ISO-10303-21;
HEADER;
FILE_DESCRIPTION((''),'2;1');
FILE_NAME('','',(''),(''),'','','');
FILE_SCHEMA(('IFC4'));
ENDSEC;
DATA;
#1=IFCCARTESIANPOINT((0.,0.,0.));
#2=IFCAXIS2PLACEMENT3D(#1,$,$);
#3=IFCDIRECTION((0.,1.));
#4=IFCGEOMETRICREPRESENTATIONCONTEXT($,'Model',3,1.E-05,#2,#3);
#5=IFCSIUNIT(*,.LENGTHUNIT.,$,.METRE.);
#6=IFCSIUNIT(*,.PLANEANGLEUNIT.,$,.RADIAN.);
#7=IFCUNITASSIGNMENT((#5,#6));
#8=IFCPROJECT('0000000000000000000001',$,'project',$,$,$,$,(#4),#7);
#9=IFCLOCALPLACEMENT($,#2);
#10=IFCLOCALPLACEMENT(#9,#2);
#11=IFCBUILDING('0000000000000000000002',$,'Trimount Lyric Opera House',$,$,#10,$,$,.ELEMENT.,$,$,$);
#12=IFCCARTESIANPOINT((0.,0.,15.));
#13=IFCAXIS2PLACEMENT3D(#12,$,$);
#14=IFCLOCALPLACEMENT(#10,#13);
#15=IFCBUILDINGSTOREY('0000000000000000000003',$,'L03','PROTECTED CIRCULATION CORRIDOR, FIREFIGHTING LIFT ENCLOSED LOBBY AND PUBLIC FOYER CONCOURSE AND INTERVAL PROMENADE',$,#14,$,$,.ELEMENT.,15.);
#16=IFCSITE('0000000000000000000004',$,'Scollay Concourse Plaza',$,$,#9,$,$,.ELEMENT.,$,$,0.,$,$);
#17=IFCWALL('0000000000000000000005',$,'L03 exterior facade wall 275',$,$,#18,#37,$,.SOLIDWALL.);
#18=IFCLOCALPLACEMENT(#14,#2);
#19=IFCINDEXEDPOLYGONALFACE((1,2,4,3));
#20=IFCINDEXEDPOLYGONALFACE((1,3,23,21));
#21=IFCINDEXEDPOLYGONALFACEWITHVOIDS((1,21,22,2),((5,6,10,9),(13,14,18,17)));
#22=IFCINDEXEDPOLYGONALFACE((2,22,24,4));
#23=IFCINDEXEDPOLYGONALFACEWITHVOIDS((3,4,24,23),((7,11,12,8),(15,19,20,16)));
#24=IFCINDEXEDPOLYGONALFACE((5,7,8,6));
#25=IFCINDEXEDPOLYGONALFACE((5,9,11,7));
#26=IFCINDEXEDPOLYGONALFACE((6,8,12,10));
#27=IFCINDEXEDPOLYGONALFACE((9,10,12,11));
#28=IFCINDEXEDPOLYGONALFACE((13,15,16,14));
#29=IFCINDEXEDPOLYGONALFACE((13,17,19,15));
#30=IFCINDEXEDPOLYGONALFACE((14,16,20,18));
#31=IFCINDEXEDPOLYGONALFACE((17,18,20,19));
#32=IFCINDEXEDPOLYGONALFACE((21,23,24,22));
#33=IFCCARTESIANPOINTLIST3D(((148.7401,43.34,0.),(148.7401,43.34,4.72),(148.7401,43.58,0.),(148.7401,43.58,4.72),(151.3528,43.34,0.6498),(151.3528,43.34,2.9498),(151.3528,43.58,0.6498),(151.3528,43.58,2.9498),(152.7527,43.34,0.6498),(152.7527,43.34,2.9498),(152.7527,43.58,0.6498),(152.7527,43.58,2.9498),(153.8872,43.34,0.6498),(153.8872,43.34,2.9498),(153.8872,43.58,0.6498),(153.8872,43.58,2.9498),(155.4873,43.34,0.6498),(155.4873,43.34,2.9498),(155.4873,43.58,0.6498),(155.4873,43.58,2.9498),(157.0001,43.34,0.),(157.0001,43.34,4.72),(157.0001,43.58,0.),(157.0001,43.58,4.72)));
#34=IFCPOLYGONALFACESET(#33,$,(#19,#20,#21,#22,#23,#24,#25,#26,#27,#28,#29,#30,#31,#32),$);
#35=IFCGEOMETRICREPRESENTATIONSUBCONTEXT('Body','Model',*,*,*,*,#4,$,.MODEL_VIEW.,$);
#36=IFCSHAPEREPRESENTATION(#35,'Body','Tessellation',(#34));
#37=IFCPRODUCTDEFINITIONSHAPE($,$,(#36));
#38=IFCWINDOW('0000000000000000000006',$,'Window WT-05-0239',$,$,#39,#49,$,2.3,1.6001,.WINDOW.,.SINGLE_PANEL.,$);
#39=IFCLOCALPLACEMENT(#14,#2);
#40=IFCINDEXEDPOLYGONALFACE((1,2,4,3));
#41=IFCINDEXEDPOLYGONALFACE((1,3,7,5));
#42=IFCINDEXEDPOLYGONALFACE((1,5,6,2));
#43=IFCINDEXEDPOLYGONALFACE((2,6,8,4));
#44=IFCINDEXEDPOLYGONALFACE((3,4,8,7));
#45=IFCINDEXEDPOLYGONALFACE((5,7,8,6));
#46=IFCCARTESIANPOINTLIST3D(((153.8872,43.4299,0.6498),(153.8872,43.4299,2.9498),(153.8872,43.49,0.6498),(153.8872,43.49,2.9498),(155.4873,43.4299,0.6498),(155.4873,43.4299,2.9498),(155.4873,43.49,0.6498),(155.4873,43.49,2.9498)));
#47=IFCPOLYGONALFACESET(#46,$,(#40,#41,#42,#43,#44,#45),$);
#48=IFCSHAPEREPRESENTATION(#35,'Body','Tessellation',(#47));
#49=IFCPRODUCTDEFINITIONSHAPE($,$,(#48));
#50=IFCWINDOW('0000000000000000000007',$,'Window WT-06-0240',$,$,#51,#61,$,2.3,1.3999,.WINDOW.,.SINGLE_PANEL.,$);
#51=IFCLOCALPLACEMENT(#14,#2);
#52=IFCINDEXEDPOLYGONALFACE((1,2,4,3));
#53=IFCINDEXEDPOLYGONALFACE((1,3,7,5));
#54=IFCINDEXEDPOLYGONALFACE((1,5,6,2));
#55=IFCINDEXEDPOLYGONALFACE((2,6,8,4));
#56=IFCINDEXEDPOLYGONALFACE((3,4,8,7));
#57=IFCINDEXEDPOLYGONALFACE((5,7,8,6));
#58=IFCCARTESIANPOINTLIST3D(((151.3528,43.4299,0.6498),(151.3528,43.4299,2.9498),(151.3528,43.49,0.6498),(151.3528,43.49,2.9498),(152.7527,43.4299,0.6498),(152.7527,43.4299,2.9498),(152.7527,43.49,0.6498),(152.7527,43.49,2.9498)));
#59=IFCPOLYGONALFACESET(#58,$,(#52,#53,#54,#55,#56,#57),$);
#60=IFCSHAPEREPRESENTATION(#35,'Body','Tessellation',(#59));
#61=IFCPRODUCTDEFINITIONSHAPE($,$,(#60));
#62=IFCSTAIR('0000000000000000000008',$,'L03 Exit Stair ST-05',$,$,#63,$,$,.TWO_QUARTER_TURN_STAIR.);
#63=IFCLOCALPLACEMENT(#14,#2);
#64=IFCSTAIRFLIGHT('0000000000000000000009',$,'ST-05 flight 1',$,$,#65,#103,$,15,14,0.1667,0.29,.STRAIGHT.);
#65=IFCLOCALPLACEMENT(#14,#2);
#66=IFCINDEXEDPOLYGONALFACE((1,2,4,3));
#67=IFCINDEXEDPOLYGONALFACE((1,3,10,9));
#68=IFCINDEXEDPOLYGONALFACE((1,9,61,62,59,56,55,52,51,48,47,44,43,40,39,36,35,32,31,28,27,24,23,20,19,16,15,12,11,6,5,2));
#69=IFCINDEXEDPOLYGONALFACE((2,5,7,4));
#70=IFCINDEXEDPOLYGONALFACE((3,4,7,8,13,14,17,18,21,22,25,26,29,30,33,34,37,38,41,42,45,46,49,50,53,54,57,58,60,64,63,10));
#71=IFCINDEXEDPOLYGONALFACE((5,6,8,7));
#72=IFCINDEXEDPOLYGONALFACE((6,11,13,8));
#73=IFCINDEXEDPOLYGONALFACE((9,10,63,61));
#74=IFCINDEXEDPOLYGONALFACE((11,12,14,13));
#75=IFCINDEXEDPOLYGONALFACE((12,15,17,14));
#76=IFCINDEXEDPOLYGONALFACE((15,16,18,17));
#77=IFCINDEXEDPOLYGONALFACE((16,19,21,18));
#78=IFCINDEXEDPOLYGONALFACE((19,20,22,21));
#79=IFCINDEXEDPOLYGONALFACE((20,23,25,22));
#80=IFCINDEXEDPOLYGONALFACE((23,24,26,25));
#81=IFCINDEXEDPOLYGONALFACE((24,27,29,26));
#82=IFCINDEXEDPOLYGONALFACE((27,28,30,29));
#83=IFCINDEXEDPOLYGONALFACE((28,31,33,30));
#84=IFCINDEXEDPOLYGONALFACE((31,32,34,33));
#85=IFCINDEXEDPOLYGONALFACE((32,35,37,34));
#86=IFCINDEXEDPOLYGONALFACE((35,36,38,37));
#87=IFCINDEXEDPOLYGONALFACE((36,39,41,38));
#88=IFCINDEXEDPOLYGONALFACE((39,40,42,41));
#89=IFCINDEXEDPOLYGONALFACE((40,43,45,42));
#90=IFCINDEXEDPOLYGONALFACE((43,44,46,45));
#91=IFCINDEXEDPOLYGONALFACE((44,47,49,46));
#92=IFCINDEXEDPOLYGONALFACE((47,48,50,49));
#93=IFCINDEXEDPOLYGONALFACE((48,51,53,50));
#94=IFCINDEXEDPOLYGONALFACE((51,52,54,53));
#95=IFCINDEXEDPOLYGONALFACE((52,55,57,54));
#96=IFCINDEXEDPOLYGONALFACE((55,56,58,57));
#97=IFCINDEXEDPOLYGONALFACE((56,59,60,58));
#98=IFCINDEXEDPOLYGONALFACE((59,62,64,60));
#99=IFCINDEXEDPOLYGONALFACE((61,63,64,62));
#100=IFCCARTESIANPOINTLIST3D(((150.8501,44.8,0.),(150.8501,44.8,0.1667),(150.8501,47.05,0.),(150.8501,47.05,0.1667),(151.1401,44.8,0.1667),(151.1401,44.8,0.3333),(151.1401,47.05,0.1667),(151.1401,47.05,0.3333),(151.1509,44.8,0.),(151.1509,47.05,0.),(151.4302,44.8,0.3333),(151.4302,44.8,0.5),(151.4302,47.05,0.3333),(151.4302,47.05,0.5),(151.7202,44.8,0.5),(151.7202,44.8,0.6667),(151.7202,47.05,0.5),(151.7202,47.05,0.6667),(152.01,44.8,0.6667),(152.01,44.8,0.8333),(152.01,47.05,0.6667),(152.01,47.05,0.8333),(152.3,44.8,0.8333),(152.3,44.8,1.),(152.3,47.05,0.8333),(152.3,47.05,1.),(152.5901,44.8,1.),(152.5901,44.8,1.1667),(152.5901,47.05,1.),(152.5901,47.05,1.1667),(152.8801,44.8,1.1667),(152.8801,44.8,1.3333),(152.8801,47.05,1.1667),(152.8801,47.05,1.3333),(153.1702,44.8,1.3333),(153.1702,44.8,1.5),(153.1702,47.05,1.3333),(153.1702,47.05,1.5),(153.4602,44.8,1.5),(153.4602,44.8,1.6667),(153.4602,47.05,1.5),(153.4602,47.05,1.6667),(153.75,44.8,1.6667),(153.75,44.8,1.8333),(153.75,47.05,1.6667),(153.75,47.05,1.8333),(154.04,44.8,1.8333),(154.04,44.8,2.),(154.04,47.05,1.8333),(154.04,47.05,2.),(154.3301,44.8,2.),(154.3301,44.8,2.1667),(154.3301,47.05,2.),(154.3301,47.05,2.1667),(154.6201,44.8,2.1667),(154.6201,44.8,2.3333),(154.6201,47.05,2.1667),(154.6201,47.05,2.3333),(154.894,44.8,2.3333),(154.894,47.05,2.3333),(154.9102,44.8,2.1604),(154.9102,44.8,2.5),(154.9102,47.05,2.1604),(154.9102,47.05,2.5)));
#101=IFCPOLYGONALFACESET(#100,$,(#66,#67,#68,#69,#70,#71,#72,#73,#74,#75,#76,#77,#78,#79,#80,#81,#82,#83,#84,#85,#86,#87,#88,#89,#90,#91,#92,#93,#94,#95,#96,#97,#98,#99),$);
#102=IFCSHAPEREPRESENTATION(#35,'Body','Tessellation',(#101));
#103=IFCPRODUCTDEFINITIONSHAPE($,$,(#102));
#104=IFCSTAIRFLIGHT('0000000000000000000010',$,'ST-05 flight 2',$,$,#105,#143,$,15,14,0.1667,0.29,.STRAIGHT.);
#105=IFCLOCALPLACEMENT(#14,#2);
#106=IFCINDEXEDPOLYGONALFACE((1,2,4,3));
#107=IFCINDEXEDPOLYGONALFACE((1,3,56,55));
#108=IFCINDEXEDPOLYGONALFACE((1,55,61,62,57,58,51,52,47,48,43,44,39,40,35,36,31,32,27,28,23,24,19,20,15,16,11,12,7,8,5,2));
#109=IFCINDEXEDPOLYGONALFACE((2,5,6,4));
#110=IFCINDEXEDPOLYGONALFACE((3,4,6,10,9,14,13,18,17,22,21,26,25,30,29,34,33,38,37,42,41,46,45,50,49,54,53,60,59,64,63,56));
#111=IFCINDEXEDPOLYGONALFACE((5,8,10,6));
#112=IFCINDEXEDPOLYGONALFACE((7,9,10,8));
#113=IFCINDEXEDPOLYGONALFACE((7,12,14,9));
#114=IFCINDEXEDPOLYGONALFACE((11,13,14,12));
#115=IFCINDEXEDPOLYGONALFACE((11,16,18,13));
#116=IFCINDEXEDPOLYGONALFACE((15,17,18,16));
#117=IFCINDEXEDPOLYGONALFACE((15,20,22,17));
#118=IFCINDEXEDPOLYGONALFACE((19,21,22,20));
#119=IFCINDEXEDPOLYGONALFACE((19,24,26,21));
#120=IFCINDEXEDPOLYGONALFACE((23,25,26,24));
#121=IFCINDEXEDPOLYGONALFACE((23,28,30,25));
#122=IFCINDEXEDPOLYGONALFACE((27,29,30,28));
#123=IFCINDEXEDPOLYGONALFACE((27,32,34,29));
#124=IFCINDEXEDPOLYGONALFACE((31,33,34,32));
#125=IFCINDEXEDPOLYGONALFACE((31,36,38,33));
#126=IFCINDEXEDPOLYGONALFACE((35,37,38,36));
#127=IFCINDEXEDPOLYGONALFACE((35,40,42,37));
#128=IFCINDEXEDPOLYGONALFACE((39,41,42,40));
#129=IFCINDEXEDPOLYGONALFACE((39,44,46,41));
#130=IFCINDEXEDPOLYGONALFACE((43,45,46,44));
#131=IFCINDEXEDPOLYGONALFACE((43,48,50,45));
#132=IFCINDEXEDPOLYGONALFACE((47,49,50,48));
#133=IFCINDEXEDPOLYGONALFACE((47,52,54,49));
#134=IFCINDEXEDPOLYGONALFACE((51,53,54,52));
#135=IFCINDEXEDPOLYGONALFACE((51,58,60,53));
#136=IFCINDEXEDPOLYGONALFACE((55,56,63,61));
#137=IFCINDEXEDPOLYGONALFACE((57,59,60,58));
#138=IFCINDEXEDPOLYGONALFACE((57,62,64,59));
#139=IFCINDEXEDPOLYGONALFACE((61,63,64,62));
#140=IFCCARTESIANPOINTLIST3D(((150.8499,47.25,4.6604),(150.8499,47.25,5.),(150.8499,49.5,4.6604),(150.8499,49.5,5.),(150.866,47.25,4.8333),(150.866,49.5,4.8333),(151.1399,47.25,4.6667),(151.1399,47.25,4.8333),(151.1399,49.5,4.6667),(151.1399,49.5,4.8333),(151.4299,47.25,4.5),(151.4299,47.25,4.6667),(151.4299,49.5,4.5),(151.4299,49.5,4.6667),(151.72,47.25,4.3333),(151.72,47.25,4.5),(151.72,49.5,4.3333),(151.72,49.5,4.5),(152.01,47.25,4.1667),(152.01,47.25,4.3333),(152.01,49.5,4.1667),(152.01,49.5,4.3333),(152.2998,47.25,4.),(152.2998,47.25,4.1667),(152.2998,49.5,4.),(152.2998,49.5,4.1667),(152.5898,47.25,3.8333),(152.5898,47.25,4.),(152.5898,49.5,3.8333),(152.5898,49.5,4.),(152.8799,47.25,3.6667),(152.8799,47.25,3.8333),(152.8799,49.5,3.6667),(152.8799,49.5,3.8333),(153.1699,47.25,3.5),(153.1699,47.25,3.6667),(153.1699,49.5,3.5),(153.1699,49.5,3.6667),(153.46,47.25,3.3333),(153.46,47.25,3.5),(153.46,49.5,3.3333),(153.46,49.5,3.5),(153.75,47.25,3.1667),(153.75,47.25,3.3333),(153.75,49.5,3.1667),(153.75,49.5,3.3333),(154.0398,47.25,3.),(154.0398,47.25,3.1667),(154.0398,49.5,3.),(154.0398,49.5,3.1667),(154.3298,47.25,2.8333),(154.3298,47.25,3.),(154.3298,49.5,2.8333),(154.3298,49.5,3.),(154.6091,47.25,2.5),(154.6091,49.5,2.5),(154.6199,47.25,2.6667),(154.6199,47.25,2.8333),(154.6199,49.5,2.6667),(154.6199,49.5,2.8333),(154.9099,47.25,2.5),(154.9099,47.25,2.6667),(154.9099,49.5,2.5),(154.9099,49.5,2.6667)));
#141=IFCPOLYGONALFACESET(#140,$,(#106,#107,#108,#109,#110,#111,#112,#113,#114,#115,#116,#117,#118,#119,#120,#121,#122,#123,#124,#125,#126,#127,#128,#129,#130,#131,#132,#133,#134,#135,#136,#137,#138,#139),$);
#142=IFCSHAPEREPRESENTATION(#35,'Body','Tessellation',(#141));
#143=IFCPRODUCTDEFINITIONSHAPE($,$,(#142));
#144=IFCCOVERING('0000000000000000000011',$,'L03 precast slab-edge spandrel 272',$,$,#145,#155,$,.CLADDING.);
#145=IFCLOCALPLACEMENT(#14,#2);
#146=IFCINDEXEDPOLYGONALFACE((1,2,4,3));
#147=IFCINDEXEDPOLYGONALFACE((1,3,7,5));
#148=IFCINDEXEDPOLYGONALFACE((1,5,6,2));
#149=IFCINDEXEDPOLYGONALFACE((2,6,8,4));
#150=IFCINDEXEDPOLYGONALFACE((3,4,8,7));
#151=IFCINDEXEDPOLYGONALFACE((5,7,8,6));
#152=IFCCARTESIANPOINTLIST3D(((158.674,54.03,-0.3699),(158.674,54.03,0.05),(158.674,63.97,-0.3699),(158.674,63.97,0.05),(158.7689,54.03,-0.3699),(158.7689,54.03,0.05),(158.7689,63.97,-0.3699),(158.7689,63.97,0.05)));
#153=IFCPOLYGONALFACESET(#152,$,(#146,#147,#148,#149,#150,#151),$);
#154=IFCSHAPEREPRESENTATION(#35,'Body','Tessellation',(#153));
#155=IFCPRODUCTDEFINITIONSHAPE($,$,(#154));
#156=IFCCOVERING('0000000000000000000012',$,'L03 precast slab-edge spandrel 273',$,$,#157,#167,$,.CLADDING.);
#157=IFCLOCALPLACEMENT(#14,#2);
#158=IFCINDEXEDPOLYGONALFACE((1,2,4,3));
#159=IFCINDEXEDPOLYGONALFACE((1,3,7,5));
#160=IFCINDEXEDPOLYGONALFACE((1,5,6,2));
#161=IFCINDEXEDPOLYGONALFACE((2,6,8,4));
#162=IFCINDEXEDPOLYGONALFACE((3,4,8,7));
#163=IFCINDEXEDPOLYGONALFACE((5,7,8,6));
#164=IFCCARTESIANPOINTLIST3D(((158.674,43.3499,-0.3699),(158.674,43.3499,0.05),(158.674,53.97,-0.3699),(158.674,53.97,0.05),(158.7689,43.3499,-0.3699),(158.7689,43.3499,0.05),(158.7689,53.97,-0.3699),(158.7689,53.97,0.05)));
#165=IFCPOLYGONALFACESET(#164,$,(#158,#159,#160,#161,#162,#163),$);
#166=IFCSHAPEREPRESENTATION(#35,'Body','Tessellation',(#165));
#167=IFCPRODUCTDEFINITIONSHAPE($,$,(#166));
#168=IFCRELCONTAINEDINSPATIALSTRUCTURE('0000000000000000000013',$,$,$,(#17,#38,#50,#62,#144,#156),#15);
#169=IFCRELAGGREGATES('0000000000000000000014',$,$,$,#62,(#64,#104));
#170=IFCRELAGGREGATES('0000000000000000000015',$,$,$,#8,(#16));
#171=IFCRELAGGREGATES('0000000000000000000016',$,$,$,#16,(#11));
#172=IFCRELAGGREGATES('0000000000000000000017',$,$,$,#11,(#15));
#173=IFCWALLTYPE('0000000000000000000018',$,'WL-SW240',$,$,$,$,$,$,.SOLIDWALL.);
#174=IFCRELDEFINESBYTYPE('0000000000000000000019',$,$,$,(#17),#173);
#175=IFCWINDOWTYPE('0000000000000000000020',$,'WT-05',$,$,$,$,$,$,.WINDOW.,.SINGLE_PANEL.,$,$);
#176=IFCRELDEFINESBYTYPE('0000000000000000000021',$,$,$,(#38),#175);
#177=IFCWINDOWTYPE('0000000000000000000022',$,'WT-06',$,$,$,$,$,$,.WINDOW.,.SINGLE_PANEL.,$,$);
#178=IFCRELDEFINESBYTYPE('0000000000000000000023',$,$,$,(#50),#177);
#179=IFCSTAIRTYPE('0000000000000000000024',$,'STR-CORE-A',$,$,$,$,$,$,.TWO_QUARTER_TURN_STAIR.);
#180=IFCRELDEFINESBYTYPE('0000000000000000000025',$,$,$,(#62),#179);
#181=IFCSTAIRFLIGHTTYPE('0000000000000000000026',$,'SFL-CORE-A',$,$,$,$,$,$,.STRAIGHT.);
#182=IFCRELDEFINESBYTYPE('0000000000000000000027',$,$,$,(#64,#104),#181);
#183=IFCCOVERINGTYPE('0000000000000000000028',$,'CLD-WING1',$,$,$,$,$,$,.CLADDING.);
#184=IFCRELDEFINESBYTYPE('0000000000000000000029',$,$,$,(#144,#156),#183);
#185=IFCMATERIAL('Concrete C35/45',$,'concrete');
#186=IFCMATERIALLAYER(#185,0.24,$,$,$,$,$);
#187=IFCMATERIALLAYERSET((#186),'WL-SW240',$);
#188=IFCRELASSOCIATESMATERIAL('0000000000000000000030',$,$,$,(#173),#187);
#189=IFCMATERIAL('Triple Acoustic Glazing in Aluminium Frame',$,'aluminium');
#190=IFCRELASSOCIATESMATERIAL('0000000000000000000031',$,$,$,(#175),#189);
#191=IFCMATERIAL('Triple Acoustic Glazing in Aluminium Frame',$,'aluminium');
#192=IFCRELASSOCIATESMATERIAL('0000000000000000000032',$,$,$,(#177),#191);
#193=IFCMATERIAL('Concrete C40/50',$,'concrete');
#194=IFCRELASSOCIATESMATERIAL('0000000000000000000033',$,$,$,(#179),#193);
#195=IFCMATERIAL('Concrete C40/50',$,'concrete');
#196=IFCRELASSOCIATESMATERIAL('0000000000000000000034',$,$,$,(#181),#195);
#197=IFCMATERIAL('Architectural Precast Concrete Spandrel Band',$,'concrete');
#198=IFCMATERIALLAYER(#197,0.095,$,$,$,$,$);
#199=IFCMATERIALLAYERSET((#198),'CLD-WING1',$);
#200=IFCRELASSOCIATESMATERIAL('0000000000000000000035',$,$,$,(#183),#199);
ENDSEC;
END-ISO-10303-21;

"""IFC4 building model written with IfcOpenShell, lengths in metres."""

from ifc_helpers import new_model, si_unit, direction, frame, frame_2d, origin, origin_2d, place, context, subcontext, project, spatial, polyline, rectangle, outline, extrude, material, layer, layer_set, type_object, element, fill, aggregate, save


model = new_model("IFC4")

# Units and contexts
model_context = context("Model", 3, precision=1e-05, world=origin(), true_north=direction((0.0, 1.0)))
body_context = subcontext(model_context, "Body", "Model", "MODEL_VIEW")
ifc_project = project(units=[si_unit("LENGTHUNIT", "METRE"), si_unit("PLANEANGLEUNIT", "RADIAN")], contexts=[model_context])

# Site, building, storey
site_placement = place(None, origin())
site = spatial("IfcSite", under=ifc_project, at=site_placement, Name="Scollay Concourse Plaza", CompositionType="ELEMENT", RefElevation=0.0)
building_placement = place(site_placement, origin())
building = spatial("IfcBuilding", under=site, at=building_placement, Name="Trimount Lyric Opera House", CompositionType="ELEMENT")
storey_placement = place(building_placement, frame((0.0, 0.0, 15.0)))
storey = spatial("IfcBuildingStorey", under=building, at=storey_placement, Name="L03", Description="PROTECTED CIRCULATION CORRIDOR, FIREFIGHTING LIFT ENCLOSED LOBBY AND PUBLIC FOYER CONCOURSE AND INTERVAL PROMENADE", CompositionType="ELEMENT", Elevation=15.0)

# Shared definitions
ifc_material_1 = material(Name="Concrete C35/45", Category="concrete")
ifc_layer_1 = layer(ifc_material_1, 0.24)
ifc_layer_set_1 = layer_set([ifc_layer_1], Name="WL-SW240")
wall_type_1 = type_object("IfcWallType", Name="WL-SW240", PredefinedType="SOLIDWALL", material=ifc_layer_set_1)

# Wall, openings, windows
wall_1_placement = place(storey_placement, frame((157.0, 43.46, 0.0), z_axis=(0.0, 0.0, 1.0), x_axis=(-1.0, 0.0, 0.0)))
wall_1 = element("IfcWall", 1, at=wall_1_placement, inside=storey, type_object=wall_type_1, Name="L03 exterior facade wall 275", PredefinedType="SOLIDWALL", context=body_context, shape_type="SweptSolid", body=[
    extrude(rectangle(XDim=8.26, YDim=0.24, at=frame_2d((4.1299, 0.0))), origin(), (0.0, 0.0, 1.0), 4.72),
])
opening_1_placement = place(wall_1_placement, frame((1.5127, 0.0, 0.6499)))
opening_1 = element("IfcOpeningElement", 2, at=opening_1_placement, cuts=wall_1, PredefinedType="OPENING", context=body_context, shape_type="SweptSolid", body=[
    extrude(rectangle(XDim=1.6001, YDim=2.3, at=frame_2d((0.8, 1.1499))), frame((0.0, 0.1299, 0.0), z_axis=(0.0, -1.0, 0.0), x_axis=(1.0, 0.0, 0.0)), (0.0, 0.0, 1.0), 0.26),
])
opening_2_placement = place(wall_1_placement, frame((4.2473, 0.0, 0.6499)))
opening_2 = element("IfcOpeningElement", 3, at=opening_2_placement, cuts=wall_1, PredefinedType="OPENING", context=body_context, shape_type="SweptSolid", body=[
    extrude(rectangle(XDim=1.3999, YDim=2.3, at=frame_2d((0.7, 1.1499))), frame((0.0, 0.1299, 0.0), z_axis=(0.0, -1.0, 0.0), x_axis=(1.0, 0.0, 0.0)), (0.0, 0.0, 1.0), 0.26),
])
ifc_material_2 = material(Name="Triple Acoustic Glazing in Aluminium Frame", Category="aluminium")
window_type_1 = type_object("IfcWindowType", Name="WT-05", PartitioningType="SINGLE_PANEL", PredefinedType="WINDOW", material=ifc_material_2)
window_1_placement = place(opening_1_placement, origin())
window_1 = element("IfcWindow", 4, at=window_1_placement, inside=storey, type_object=window_type_1, Name="Window WT-05-0239", OverallHeight=2.3, OverallWidth=1.6001, PartitioningType="SINGLE_PANEL", PredefinedType="WINDOW", context=body_context, shape_type="SweptSolid", body=[
    extrude(rectangle(XDim=1.6001, YDim=2.3, at=frame_2d((0.8, 1.1499))), frame((0.0, 0.03, 0.0), z_axis=(0.0, -1.0, 0.0), x_axis=(1.0, 0.0, 0.0)), (0.0, 0.0, 1.0), 0.0601),
])
fill(opening_1, window_1)
ifc_material_3 = material(Name="Triple Acoustic Glazing in Aluminium Frame", Category="aluminium")
window_type_2 = type_object("IfcWindowType", Name="WT-06", PartitioningType="SINGLE_PANEL", PredefinedType="WINDOW", material=ifc_material_3)
window_2_placement = place(opening_2_placement, origin())
window_2 = element("IfcWindow", 5, at=window_2_placement, inside=storey, type_object=window_type_2, Name="Window WT-06-0240", OverallHeight=2.3, OverallWidth=1.3999, PartitioningType="SINGLE_PANEL", PredefinedType="WINDOW", context=body_context, shape_type="SweptSolid", body=[
    extrude(rectangle(XDim=1.3999, YDim=2.3, at=frame_2d((0.7, 1.1499))), frame((0.0, 0.03, 0.0), z_axis=(0.0, -1.0, 0.0), x_axis=(1.0, 0.0, 0.0)), (0.0, 0.0, 1.0), 0.0601),
])
fill(opening_2, window_2)

# Stair, stair flights
ifc_material_4 = material(Name="Concrete C40/50", Category="concrete")
stair_type = type_object("IfcStairType", Name="STR-CORE-A", PredefinedType="TWO_QUARTER_TURN_STAIR", material=ifc_material_4)
stair_placement = place(storey_placement, origin())
stair = element("IfcStair", 6, at=stair_placement, inside=storey, type_object=stair_type, Name="L03 Exit Stair ST-05", PredefinedType="TWO_QUARTER_TURN_STAIR")
ifc_material_5 = material(Name="Concrete C40/50", Category="concrete")
stair_flight_type = type_object("IfcStairFlightType", Name="SFL-CORE-A", PredefinedType="STRAIGHT", material=ifc_material_5)
stair_flight_1_placement = place(storey_placement, frame((150.8501, 45.925, 0.0), z_axis=(0.0, 0.0, 1.0), x_axis=(1.0, 0.0, 0.0)))
stair_flight_1 = element("IfcStairFlight", 7, at=stair_flight_1_placement, type_object=stair_flight_type, Name="ST-05 flight 1", NumberOfRisers=15, NumberOfTreads=14, PredefinedType="STRAIGHT", RiserHeight=0.1667, TreadLength=0.29, context=body_context, shape_type="SweptSolid", body=[
    extrude(outline(polyline([(0.0, 0.0), (0.0, 0.1667), (0.29, 0.1667), (0.29, 0.3333), (0.5801, 0.3333), (0.5801, 0.5), (0.8701, 0.5), (0.8701, 0.6667), (1.1599, 0.6667), (1.1599, 0.8333), (1.45, 0.8333), (1.45, 1.0), (1.74, 1.0), (1.74, 1.1667), (2.03, 1.1667), (2.03, 1.3333), (2.3201, 1.3333), (2.3201, 1.5), (2.6101, 1.5), (2.6101, 1.6667), (2.8999, 1.6667), (2.8999, 1.8333), (3.1899, 1.8333), (3.1899, 2.0), (3.48, 2.0), (3.48, 2.1667), (3.77, 2.1667), (3.77, 2.3333), (4.0439, 2.3333), (4.0601, 2.5), (4.0601, 2.1604), (0.3008, 0.0), (0.0, 0.0)])), frame((0.0, 1.125, 0.0), z_axis=(0.0, -1.0, 0.0), x_axis=(1.0, 0.0, 0.0)), (0.0, 0.0, 1.0), 2.25),
])
stair_flight_2_placement = place(storey_placement, frame((154.9099, 48.375, 2.5), z_axis=(0.0, 0.0, 1.0), x_axis=(-1.0, 0.0, 0.0)))
stair_flight_2 = element("IfcStairFlight", 8, at=stair_flight_2_placement, type_object=stair_flight_type, Name="ST-05 flight 2", NumberOfRisers=15, NumberOfTreads=14, PredefinedType="STRAIGHT", RiserHeight=0.1667, TreadLength=0.29, context=body_context, shape_type="SweptSolid", body=[
    extrude(outline(polyline([(0.0, 0.0), (0.0, 0.1667), (0.29, 0.1667), (0.29, 0.3333), (0.5801, 0.3333), (0.5801, 0.5), (0.8701, 0.5), (0.8701, 0.6667), (1.1599, 0.6667), (1.1599, 0.8333), (1.45, 0.8333), (1.45, 1.0), (1.74, 1.0), (1.74, 1.1667), (2.03, 1.1667), (2.03, 1.3333), (2.3201, 1.3333), (2.3201, 1.5), (2.6101, 1.5), (2.6101, 1.6667), (2.8999, 1.6667), (2.8999, 1.8333), (3.1899, 1.8333), (3.1899, 2.0), (3.48, 2.0), (3.48, 2.1667), (3.77, 2.1667), (3.77, 2.3333), (4.0439, 2.3333), (4.0601, 2.5), (4.0601, 2.1604), (0.3008, 0.0), (0.0, 0.0)])), frame((0.0, 1.125, 0.0), z_axis=(0.0, -1.0, 0.0), x_axis=(1.0, 0.0, 0.0)), (0.0, 0.0, 1.0), 2.25),
])
aggregate(stair, [stair_flight_1, stair_flight_2])

# Coverings
ifc_material_6 = material(Name="Architectural Precast Concrete Spandrel Band", Category="concrete")
ifc_layer_2 = layer(ifc_material_6, 0.095)
ifc_layer_set_2 = layer_set([ifc_layer_2], Name="CLD-WING1")
covering_type = type_object("IfcCoveringType", Name="CLD-WING1", PredefinedType="CLADDING", material=ifc_layer_set_2)
covering_1_placement = place(storey_placement, frame((158.7214, 59.0, -0.3699), z_axis=(0.0, 0.0, 1.0), x_axis=(0.0, -1.0, 0.0)))
element("IfcCovering", 9, at=covering_1_placement, inside=storey, type_object=covering_type, Name="L03 precast slab-edge spandrel 272", PredefinedType="CLADDING", context=body_context, shape_type="SweptSolid", body=[
    extrude(rectangle(XDim=9.9399, YDim=0.095, at=origin_2d()), origin(), (0.0, 0.0, 1.0), 0.4199),
])
covering_2_placement = place(storey_placement, frame((158.7214, 48.6599, -0.3699), z_axis=(0.0, 0.0, 1.0), x_axis=(0.0, -1.0, 0.0)))
element("IfcCovering", 10, at=covering_2_placement, inside=storey, type_object=covering_type, Name="L03 precast slab-edge spandrel 273", PredefinedType="CLADDING", context=body_context, shape_type="SweptSolid", body=[
    extrude(rectangle(XDim=10.6201, YDim=0.095, at=origin_2d()), origin(), (0.0, 0.0, 1.0), 0.4199),
])

save(model, "model.ifc")
